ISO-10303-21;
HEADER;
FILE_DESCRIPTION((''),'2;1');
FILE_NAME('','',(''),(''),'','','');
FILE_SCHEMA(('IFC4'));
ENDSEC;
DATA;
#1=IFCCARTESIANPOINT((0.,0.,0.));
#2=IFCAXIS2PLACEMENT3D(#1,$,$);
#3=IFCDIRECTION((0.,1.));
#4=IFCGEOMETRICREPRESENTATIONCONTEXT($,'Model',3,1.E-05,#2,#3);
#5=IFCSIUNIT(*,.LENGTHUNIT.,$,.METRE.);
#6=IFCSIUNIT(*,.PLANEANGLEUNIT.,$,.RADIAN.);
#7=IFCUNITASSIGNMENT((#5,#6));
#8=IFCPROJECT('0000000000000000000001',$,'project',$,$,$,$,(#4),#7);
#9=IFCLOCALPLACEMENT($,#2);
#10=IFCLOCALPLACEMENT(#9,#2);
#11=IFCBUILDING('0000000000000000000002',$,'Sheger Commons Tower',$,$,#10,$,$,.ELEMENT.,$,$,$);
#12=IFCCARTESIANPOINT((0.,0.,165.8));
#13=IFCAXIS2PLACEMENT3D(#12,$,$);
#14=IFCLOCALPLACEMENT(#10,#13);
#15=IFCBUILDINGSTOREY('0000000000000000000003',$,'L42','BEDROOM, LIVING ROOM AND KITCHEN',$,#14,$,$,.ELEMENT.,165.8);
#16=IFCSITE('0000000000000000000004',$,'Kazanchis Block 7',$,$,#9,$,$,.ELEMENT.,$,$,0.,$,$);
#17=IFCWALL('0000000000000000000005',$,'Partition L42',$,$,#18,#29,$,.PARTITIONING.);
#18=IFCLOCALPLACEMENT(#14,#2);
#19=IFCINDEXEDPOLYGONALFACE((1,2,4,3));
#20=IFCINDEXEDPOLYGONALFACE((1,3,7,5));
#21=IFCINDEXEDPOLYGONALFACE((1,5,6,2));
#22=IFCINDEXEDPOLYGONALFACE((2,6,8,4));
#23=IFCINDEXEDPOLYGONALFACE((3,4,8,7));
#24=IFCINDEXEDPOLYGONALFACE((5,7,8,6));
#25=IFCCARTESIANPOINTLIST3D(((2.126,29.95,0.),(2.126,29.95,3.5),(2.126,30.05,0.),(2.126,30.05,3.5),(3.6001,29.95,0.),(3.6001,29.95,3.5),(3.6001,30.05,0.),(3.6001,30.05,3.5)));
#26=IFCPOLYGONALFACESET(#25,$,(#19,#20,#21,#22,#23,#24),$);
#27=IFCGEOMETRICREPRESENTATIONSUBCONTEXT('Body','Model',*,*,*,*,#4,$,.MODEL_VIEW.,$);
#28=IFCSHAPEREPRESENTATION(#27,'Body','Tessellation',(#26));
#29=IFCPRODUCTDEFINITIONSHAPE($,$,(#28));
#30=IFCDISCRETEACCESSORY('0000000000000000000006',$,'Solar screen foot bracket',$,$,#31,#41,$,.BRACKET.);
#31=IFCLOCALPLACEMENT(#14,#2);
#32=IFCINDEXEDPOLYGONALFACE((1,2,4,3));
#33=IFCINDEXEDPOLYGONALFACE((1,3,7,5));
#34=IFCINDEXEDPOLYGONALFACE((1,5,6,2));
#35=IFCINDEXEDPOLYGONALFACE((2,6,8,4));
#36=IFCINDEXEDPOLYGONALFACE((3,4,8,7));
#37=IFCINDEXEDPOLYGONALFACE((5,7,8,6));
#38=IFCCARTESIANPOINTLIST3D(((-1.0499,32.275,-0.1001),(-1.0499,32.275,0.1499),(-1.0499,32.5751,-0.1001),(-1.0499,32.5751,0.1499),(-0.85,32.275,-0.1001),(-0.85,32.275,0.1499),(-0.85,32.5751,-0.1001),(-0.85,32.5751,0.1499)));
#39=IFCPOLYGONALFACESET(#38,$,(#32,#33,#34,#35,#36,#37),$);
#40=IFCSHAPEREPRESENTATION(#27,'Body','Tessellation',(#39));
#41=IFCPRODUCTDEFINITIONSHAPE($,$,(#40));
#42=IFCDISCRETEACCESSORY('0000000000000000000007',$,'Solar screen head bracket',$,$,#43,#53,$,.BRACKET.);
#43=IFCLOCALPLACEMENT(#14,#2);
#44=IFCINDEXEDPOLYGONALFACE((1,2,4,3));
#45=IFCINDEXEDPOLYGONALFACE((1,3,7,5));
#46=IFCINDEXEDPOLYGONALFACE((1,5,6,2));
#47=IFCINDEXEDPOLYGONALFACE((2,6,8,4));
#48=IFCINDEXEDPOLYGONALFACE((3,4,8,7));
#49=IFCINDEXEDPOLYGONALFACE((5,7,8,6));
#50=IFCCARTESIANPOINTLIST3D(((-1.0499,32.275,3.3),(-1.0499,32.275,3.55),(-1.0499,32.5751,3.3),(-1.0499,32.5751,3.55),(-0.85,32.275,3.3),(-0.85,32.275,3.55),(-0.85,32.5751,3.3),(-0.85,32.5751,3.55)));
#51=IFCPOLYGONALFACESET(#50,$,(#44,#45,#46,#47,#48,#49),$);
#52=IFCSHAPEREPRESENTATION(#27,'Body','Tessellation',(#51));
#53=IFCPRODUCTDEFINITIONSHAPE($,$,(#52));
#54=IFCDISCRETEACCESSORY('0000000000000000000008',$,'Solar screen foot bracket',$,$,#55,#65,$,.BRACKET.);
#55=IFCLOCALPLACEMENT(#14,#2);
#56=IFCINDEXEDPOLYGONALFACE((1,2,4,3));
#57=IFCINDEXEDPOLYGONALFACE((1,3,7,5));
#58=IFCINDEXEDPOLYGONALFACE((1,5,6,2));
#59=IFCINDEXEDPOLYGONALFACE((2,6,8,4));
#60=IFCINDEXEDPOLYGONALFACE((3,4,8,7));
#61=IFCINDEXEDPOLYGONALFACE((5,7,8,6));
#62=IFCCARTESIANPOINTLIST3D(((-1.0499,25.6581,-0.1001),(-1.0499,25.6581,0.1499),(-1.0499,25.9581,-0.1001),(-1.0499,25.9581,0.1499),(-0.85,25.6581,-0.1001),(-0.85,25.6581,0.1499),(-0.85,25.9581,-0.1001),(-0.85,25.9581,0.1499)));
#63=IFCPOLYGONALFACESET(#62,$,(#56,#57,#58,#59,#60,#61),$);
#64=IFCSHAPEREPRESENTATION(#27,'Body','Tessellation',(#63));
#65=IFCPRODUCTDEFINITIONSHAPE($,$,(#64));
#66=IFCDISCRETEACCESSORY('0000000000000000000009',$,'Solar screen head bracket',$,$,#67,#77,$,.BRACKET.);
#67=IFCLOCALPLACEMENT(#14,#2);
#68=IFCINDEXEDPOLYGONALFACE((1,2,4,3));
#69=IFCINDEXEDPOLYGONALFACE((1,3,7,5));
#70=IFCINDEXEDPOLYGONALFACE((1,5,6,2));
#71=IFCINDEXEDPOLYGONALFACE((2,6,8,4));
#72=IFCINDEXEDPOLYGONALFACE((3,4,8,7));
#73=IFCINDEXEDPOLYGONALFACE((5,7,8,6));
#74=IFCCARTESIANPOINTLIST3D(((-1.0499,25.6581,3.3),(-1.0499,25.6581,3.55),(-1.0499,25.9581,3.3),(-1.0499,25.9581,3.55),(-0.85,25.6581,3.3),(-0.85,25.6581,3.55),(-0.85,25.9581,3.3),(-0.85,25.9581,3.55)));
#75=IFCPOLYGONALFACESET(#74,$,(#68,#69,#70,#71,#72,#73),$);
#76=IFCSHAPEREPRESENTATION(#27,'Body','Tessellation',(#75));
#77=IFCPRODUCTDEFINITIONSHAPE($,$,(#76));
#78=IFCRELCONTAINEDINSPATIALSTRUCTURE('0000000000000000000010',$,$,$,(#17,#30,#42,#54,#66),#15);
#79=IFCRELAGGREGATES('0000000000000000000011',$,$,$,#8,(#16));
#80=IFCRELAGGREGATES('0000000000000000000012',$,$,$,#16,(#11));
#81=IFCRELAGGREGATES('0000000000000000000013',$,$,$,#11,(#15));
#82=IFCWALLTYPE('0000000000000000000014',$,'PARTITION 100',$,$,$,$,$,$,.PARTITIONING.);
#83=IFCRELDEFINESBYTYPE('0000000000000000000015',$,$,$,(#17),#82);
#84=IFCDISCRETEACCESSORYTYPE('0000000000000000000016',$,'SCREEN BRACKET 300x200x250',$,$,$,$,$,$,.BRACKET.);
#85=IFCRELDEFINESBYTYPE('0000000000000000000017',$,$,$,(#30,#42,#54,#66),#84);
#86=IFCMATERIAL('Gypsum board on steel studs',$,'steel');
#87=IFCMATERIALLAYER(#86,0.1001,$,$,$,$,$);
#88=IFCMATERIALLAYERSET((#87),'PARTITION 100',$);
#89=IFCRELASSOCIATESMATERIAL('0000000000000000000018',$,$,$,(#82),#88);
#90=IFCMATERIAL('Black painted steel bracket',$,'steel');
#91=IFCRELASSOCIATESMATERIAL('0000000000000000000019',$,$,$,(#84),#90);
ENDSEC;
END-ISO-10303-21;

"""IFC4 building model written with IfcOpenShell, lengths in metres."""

from ifc_helpers import new_model, si_unit, direction, frame, frame_2d, origin, origin_2d, place, context, subcontext, project, spatial, rectangle, extrude, material, layer, layer_set, type_object, element, save


model = new_model("IFC4")

# Units and contexts
model_context = context("Model", 3, precision=1e-05, world=origin(), true_north=direction((0.0, 1.0)))
body_context = subcontext(model_context, "Body", "Model", "MODEL_VIEW")
ifc_project = project(units=[si_unit("LENGTHUNIT", "METRE"), si_unit("PLANEANGLEUNIT", "RADIAN")], contexts=[model_context])

# Site, building, storey
site_placement = place(None, origin())
site = spatial("IfcSite", under=ifc_project, at=site_placement, Name="Kazanchis Block 7", CompositionType="ELEMENT", RefElevation=0.0)
building_placement = place(site_placement, origin())
building = spatial("IfcBuilding", under=site, at=building_placement, Name="Sheger Commons Tower", CompositionType="ELEMENT")
storey_placement = place(building_placement, frame((0.0, 0.0, 165.8)))
storey = spatial("IfcBuildingStorey", under=building, at=storey_placement, Name="L42", Description="BEDROOM, LIVING ROOM AND KITCHEN", CompositionType="ELEMENT", Elevation=165.8)

# Shared definitions
ifc_material_1 = material(Name="Gypsum board on steel studs", Category="steel")
ifc_layer_1 = layer(ifc_material_1, 0.1001)
ifc_layer_set_1 = layer_set([ifc_layer_1], Name="PARTITION 100")
wall_type_1 = type_object("IfcWallType", Name="PARTITION 100", PredefinedType="PARTITIONING", material=ifc_layer_set_1)

# Wall
wall_1_placement = place(storey_placement, frame((2.126, 30.0, 0.0), z_axis=(0.0, 0.0, 1.0), x_axis=(1.0, 0.0, 0.0)))
element("IfcWall", 1, at=wall_1_placement, inside=storey, type_object=wall_type_1, Name="Partition L42", PredefinedType="PARTITIONING", context=body_context, shape_type="SweptSolid", body=[
    extrude(rectangle(XDim=1.4741, YDim=0.1001, at=frame_2d((0.7371, 0.0))), origin(), (0.0, 0.0, 1.0), 3.5),
])

# Discrete accessories
ifc_material_2 = material(Name="Black painted steel bracket", Category="steel")
discrete_accessory_type = type_object("IfcDiscreteAccessoryType", Name="SCREEN BRACKET 300x200x250", PredefinedType="BRACKET", material=ifc_material_2)
for number, where, z_axis, x_axis, name in (
    (2, (-0.95, 32.425, -0.1001), (0.0, 0.0, 1.0), (0.0, -1.0, 0.0), "Solar screen foot bracket"),
    (3, (-0.95, 32.425, 3.3), (0.0, 0.0, 1.0), (0.0, -1.0, 0.0), "Solar screen head bracket"),
    (4, (-0.95, 25.8081, -0.1001), (0.0, 0.0, 1.0), (0.0, -1.0, 0.0), "Solar screen foot bracket"),
    (5, (-0.95, 25.8081, 3.3), (0.0, 0.0, 1.0), (0.0, -1.0, 0.0), "Solar screen head bracket"),
):
    element("IfcDiscreteAccessory", number, at=place(storey_placement, frame(where, z_axis=z_axis, x_axis=x_axis)), inside=storey, type_object=discrete_accessory_type, Name=name, PredefinedType="BRACKET", context=body_context, shape_type="SweptSolid", body=[
        extrude(rectangle(XDim=0.3, YDim=0.2, at=origin_2d()), origin(), (0.0, 0.0, 1.0), 0.25),
    ])

save(model, "model.ifc")
